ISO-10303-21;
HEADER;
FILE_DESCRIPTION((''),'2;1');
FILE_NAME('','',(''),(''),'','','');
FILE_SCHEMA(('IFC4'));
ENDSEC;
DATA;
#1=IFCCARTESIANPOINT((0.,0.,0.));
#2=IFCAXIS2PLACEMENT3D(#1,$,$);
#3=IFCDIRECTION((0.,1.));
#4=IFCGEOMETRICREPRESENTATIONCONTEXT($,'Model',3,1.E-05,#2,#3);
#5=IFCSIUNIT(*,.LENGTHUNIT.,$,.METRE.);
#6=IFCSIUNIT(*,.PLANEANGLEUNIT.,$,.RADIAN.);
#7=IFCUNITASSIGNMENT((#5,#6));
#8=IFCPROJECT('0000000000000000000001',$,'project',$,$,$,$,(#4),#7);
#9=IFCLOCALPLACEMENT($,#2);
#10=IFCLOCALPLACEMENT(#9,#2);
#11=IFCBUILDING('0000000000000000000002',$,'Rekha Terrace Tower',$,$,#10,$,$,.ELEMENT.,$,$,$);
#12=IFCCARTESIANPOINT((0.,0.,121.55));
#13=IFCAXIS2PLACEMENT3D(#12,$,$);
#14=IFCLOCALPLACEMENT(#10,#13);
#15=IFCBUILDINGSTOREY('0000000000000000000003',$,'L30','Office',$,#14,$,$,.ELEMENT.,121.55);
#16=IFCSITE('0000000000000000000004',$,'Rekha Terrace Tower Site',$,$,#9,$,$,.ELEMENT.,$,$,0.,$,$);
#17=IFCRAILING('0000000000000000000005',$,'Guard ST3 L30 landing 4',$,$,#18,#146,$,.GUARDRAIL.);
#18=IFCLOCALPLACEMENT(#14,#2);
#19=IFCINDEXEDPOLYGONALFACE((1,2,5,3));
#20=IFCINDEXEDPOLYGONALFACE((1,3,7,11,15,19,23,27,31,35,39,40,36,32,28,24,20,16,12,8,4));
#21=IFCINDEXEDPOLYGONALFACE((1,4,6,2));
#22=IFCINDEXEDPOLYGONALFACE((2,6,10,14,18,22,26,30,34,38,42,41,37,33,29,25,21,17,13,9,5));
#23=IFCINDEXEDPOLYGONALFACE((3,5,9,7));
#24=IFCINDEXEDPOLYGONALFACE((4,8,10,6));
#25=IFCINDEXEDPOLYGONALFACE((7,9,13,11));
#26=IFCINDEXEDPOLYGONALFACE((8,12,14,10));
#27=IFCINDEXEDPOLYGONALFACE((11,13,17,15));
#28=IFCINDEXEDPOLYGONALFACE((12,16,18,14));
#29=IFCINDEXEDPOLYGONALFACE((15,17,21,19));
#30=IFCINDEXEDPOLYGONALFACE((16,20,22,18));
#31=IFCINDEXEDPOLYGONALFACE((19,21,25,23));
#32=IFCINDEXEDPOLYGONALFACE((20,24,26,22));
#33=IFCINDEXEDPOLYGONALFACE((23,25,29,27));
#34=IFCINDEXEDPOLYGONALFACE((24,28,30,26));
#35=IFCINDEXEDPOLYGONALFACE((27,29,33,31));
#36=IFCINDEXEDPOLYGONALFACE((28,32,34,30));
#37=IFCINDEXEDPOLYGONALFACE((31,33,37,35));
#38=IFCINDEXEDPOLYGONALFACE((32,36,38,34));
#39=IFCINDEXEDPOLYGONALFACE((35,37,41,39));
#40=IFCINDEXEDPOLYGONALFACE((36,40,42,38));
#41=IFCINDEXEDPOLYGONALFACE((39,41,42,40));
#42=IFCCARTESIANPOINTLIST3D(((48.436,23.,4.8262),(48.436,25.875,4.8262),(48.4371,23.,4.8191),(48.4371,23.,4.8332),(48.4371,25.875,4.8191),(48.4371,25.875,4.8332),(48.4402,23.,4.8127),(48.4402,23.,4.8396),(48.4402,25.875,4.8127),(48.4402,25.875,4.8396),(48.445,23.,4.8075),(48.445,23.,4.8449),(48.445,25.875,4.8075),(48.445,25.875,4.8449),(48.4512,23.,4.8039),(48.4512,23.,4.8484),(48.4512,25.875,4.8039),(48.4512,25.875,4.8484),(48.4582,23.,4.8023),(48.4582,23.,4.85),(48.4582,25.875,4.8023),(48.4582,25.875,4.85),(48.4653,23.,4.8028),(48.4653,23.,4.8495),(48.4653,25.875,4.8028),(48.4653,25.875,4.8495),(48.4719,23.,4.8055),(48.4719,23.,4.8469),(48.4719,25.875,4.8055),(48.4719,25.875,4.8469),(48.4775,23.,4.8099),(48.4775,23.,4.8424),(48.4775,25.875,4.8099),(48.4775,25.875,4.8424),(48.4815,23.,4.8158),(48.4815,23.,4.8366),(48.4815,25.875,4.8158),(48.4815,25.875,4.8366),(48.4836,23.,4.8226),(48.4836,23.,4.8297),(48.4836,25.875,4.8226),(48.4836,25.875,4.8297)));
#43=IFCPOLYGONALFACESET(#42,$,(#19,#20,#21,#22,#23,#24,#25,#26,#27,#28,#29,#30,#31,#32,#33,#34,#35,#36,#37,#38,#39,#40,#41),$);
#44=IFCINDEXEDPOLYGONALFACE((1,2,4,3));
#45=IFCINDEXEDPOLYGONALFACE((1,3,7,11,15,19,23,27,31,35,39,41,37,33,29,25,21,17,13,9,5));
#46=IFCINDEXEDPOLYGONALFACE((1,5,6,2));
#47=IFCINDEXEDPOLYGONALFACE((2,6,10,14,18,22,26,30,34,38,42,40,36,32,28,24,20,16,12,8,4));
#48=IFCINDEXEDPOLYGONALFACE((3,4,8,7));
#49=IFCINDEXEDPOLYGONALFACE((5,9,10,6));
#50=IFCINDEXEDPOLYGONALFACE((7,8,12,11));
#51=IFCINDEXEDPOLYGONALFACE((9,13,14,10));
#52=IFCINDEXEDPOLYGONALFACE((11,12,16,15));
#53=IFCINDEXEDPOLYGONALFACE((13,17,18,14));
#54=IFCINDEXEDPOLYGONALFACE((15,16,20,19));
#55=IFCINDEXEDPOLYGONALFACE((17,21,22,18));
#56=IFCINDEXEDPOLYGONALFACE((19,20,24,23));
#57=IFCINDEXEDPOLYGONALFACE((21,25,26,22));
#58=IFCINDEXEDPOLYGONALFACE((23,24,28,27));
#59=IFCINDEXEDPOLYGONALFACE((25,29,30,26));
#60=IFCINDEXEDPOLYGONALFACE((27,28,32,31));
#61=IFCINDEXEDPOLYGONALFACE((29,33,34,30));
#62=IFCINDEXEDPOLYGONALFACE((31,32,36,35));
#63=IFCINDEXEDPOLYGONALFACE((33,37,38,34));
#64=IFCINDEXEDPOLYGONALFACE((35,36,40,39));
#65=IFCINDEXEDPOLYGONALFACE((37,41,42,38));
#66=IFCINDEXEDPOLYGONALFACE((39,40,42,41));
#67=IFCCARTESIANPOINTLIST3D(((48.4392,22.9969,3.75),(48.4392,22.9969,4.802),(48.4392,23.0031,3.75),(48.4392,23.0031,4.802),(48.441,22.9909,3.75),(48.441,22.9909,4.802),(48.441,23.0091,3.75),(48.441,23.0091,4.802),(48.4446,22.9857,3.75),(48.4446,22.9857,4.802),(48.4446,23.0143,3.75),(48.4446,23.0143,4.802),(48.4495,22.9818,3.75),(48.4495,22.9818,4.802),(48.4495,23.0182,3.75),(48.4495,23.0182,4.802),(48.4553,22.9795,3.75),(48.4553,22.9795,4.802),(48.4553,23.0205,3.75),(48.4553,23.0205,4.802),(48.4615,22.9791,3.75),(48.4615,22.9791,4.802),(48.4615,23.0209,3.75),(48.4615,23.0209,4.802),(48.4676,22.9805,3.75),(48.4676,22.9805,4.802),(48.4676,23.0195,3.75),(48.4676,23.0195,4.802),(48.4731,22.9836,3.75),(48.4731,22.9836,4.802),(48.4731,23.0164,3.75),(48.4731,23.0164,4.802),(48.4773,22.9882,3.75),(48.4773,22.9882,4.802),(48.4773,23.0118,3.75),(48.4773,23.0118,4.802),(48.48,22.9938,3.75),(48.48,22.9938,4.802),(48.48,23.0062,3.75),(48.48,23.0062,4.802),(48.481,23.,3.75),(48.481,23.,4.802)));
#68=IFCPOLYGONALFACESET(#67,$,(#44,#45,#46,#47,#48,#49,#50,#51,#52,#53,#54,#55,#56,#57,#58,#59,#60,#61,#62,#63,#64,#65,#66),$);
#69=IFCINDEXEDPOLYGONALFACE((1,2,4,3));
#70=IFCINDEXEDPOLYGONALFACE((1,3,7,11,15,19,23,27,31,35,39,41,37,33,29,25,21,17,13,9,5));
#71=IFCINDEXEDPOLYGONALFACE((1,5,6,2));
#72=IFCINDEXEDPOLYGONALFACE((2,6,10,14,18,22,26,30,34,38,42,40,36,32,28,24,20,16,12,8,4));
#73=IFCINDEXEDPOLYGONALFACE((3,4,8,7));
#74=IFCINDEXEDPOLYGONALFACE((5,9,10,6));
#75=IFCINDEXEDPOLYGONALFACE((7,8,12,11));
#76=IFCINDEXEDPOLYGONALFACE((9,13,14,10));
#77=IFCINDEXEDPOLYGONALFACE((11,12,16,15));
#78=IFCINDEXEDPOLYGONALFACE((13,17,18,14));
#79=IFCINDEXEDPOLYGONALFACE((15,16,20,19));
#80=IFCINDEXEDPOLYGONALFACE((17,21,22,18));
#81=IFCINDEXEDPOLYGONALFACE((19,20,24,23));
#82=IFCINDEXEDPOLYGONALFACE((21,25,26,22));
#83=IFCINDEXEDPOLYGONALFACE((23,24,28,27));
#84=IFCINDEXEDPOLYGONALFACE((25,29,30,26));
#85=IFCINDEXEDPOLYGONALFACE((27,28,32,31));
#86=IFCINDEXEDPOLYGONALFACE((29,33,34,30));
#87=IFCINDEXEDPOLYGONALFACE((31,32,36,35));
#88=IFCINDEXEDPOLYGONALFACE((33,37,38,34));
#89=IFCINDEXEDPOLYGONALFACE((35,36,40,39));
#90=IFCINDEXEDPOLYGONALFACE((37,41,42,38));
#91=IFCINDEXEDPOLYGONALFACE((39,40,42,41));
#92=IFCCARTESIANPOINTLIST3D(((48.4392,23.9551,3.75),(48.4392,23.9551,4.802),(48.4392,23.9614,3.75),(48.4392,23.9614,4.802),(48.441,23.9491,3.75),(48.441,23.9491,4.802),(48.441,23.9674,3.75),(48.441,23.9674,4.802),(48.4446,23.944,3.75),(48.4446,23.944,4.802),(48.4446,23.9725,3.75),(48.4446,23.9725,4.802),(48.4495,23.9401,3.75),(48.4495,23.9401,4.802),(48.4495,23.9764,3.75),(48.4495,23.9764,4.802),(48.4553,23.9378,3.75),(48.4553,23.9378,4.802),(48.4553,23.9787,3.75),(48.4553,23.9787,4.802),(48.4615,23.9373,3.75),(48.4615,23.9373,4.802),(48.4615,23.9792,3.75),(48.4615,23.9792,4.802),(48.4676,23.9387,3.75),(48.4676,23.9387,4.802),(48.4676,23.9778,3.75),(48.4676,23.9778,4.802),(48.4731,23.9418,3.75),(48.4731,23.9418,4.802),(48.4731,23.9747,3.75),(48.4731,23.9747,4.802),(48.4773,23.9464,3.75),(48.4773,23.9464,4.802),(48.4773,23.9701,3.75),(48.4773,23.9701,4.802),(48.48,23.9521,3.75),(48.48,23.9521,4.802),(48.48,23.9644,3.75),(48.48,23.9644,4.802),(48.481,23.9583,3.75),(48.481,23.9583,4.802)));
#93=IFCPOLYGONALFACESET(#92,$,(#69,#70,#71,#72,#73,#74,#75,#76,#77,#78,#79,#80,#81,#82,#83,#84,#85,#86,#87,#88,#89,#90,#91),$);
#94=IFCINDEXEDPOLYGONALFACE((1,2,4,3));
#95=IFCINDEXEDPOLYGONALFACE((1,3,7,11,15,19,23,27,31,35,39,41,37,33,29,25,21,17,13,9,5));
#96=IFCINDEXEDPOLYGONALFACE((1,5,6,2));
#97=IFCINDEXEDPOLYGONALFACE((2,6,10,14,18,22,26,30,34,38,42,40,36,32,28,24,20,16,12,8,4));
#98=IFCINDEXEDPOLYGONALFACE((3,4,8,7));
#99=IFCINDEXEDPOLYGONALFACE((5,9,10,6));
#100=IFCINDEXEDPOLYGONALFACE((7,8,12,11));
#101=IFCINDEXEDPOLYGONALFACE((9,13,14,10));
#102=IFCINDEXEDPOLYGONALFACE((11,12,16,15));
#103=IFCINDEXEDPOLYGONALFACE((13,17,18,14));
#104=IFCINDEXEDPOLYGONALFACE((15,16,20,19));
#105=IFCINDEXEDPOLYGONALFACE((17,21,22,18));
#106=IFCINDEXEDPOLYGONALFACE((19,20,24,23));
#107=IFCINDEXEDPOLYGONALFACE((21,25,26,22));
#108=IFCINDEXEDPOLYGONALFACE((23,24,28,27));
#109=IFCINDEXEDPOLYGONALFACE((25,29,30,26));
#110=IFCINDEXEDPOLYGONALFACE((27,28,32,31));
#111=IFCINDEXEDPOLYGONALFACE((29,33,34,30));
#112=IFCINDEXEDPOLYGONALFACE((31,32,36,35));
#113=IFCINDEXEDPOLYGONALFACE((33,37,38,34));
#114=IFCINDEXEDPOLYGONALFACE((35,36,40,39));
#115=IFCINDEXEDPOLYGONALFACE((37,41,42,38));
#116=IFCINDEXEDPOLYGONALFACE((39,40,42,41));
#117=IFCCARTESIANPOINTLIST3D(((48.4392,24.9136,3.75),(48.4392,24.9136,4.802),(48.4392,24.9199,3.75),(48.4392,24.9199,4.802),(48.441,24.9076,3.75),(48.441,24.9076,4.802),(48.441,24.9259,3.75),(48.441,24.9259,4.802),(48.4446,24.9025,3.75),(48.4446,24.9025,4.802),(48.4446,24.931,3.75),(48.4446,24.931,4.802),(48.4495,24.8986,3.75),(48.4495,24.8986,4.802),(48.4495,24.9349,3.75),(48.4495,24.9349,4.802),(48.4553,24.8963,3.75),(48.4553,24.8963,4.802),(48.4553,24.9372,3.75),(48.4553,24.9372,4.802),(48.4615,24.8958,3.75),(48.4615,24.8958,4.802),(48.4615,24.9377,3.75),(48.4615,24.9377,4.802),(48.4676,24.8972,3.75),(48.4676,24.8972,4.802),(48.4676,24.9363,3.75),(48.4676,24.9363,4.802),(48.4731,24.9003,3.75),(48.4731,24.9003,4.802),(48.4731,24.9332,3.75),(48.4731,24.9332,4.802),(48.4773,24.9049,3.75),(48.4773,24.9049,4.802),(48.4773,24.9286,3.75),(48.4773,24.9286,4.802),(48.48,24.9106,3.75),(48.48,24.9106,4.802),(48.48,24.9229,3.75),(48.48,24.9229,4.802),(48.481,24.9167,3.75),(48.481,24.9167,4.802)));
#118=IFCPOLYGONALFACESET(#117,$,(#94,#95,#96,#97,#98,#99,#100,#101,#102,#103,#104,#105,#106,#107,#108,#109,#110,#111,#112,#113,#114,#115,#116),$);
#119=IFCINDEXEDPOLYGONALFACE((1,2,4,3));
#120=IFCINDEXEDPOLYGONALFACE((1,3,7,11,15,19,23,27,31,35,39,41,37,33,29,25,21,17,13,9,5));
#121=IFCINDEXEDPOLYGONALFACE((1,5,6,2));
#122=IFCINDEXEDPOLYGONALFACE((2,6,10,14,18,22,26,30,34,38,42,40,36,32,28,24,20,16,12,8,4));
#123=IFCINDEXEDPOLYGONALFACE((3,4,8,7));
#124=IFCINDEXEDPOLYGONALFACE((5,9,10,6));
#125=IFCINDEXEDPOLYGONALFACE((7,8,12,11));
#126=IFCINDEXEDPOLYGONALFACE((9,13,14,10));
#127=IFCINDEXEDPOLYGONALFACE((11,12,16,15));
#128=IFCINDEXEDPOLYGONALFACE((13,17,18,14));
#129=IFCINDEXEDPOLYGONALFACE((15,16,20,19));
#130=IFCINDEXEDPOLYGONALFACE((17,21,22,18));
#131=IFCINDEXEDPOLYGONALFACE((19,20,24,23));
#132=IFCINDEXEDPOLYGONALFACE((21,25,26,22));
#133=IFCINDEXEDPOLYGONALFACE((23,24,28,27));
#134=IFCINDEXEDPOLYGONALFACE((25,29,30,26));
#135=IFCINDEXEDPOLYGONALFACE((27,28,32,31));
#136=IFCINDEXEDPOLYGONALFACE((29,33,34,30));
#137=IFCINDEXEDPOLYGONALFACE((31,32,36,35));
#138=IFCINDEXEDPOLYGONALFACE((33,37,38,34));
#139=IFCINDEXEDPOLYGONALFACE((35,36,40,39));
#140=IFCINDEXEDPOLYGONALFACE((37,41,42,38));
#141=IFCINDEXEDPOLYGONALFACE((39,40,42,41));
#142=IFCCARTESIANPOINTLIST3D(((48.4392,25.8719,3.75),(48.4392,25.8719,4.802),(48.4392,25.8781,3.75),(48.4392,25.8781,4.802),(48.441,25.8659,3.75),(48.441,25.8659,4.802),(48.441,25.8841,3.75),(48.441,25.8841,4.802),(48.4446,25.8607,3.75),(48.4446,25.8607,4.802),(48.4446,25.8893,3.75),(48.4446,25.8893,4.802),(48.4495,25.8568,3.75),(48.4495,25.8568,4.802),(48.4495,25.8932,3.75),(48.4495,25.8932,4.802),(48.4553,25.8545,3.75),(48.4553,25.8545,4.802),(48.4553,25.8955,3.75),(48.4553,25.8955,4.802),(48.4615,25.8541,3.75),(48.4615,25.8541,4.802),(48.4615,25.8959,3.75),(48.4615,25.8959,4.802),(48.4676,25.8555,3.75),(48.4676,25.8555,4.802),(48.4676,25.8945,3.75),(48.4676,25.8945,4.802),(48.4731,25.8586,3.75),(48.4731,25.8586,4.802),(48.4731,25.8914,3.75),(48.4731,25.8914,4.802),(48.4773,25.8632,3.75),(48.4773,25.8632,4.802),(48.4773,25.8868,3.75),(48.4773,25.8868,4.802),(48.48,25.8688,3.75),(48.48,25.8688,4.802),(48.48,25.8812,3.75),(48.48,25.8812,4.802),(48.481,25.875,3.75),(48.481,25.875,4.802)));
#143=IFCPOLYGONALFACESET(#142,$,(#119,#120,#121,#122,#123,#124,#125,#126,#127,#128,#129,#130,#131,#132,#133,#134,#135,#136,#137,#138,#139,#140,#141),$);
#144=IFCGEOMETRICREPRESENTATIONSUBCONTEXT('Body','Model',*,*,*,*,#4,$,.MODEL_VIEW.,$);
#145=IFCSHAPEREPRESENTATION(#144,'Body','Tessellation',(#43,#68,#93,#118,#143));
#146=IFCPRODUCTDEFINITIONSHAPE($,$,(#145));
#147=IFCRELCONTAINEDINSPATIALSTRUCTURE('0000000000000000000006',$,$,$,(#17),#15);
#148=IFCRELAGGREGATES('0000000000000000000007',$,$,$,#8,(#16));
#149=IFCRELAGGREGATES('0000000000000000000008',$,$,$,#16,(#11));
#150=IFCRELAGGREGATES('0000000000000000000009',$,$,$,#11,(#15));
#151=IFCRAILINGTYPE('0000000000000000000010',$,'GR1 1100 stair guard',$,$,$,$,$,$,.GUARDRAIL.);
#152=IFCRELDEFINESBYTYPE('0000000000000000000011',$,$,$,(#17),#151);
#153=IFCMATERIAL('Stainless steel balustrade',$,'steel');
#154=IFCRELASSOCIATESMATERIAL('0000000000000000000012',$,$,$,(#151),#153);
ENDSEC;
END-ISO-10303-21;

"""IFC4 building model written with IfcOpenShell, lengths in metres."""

from ifc_helpers import new_model, si_unit, direction, frame, origin, origin_2d, place, context, subcontext, project, spatial, circle, extrude, material, type_object, element, save


model = new_model("IFC4")

# Units and contexts
model_context = context("Model", 3, precision=1e-05, world=origin(), true_north=direction((0.0, 1.0)))
body_context = subcontext(model_context, "Body", "Model", "MODEL_VIEW")
ifc_project = project(units=[si_unit("LENGTHUNIT", "METRE"), si_unit("PLANEANGLEUNIT", "RADIAN")], contexts=[model_context])

# Site, building, storey
site_placement = place(None, origin())
site = spatial("IfcSite", under=ifc_project, at=site_placement, Name="Rekha Terrace Tower Site", CompositionType="ELEMENT", RefElevation=0.0)
building_placement = place(site_placement, origin())
building = spatial("IfcBuilding", under=site, at=building_placement, Name="Rekha Terrace Tower", CompositionType="ELEMENT")
storey_placement = place(building_placement, frame((0.0, 0.0, 121.55)))
storey = spatial("IfcBuildingStorey", under=building, at=storey_placement, Name="L30", Description="Office", CompositionType="ELEMENT", Elevation=121.55)

# Railing
ifc_material_1 = material(Name="Stainless steel balustrade", Category="steel")
railing_type_1 = type_object("IfcRailingType", Name="GR1 1100 stair guard", PredefinedType="GUARDRAIL", material=ifc_material_1)
railing_1_placement = place(storey_placement, frame((48.46, 23.0, 3.75)))
element("IfcRailing", 1, at=railing_1_placement, inside=storey, type_object=railing_type_1, Name="Guard ST3 L30 landing 4", PredefinedType="GUARDRAIL", context=body_context, shape_type="SweptSolid", body=[
    extrude(circle(Radius=0.0239, at=origin_2d()), frame((0.0, 0.0, 1.0762), z_axis=(0.0, 1.0, 0.0), x_axis=(-1.0, 0.0, 0.0)), (0.0, 0.0, 1.0), 2.875),
    extrude(circle(Radius=0.021, at=origin_2d()), origin(), (0.0, 0.0, 1.0), 1.052),
    extrude(circle(Radius=0.021, at=origin_2d()), frame((0.0, 0.9583, 0.0)), (0.0, 0.0, 1.0), 1.052),
    extrude(circle(Radius=0.021, at=origin_2d()), frame((0.0, 1.9167, 0.0)), (0.0, 0.0, 1.0), 1.052),
    extrude(circle(Radius=0.021, at=origin_2d()), frame((0.0, 2.875, 0.0)), (0.0, 0.0, 1.0), 1.052),
])

save(model, "model.ifc")
